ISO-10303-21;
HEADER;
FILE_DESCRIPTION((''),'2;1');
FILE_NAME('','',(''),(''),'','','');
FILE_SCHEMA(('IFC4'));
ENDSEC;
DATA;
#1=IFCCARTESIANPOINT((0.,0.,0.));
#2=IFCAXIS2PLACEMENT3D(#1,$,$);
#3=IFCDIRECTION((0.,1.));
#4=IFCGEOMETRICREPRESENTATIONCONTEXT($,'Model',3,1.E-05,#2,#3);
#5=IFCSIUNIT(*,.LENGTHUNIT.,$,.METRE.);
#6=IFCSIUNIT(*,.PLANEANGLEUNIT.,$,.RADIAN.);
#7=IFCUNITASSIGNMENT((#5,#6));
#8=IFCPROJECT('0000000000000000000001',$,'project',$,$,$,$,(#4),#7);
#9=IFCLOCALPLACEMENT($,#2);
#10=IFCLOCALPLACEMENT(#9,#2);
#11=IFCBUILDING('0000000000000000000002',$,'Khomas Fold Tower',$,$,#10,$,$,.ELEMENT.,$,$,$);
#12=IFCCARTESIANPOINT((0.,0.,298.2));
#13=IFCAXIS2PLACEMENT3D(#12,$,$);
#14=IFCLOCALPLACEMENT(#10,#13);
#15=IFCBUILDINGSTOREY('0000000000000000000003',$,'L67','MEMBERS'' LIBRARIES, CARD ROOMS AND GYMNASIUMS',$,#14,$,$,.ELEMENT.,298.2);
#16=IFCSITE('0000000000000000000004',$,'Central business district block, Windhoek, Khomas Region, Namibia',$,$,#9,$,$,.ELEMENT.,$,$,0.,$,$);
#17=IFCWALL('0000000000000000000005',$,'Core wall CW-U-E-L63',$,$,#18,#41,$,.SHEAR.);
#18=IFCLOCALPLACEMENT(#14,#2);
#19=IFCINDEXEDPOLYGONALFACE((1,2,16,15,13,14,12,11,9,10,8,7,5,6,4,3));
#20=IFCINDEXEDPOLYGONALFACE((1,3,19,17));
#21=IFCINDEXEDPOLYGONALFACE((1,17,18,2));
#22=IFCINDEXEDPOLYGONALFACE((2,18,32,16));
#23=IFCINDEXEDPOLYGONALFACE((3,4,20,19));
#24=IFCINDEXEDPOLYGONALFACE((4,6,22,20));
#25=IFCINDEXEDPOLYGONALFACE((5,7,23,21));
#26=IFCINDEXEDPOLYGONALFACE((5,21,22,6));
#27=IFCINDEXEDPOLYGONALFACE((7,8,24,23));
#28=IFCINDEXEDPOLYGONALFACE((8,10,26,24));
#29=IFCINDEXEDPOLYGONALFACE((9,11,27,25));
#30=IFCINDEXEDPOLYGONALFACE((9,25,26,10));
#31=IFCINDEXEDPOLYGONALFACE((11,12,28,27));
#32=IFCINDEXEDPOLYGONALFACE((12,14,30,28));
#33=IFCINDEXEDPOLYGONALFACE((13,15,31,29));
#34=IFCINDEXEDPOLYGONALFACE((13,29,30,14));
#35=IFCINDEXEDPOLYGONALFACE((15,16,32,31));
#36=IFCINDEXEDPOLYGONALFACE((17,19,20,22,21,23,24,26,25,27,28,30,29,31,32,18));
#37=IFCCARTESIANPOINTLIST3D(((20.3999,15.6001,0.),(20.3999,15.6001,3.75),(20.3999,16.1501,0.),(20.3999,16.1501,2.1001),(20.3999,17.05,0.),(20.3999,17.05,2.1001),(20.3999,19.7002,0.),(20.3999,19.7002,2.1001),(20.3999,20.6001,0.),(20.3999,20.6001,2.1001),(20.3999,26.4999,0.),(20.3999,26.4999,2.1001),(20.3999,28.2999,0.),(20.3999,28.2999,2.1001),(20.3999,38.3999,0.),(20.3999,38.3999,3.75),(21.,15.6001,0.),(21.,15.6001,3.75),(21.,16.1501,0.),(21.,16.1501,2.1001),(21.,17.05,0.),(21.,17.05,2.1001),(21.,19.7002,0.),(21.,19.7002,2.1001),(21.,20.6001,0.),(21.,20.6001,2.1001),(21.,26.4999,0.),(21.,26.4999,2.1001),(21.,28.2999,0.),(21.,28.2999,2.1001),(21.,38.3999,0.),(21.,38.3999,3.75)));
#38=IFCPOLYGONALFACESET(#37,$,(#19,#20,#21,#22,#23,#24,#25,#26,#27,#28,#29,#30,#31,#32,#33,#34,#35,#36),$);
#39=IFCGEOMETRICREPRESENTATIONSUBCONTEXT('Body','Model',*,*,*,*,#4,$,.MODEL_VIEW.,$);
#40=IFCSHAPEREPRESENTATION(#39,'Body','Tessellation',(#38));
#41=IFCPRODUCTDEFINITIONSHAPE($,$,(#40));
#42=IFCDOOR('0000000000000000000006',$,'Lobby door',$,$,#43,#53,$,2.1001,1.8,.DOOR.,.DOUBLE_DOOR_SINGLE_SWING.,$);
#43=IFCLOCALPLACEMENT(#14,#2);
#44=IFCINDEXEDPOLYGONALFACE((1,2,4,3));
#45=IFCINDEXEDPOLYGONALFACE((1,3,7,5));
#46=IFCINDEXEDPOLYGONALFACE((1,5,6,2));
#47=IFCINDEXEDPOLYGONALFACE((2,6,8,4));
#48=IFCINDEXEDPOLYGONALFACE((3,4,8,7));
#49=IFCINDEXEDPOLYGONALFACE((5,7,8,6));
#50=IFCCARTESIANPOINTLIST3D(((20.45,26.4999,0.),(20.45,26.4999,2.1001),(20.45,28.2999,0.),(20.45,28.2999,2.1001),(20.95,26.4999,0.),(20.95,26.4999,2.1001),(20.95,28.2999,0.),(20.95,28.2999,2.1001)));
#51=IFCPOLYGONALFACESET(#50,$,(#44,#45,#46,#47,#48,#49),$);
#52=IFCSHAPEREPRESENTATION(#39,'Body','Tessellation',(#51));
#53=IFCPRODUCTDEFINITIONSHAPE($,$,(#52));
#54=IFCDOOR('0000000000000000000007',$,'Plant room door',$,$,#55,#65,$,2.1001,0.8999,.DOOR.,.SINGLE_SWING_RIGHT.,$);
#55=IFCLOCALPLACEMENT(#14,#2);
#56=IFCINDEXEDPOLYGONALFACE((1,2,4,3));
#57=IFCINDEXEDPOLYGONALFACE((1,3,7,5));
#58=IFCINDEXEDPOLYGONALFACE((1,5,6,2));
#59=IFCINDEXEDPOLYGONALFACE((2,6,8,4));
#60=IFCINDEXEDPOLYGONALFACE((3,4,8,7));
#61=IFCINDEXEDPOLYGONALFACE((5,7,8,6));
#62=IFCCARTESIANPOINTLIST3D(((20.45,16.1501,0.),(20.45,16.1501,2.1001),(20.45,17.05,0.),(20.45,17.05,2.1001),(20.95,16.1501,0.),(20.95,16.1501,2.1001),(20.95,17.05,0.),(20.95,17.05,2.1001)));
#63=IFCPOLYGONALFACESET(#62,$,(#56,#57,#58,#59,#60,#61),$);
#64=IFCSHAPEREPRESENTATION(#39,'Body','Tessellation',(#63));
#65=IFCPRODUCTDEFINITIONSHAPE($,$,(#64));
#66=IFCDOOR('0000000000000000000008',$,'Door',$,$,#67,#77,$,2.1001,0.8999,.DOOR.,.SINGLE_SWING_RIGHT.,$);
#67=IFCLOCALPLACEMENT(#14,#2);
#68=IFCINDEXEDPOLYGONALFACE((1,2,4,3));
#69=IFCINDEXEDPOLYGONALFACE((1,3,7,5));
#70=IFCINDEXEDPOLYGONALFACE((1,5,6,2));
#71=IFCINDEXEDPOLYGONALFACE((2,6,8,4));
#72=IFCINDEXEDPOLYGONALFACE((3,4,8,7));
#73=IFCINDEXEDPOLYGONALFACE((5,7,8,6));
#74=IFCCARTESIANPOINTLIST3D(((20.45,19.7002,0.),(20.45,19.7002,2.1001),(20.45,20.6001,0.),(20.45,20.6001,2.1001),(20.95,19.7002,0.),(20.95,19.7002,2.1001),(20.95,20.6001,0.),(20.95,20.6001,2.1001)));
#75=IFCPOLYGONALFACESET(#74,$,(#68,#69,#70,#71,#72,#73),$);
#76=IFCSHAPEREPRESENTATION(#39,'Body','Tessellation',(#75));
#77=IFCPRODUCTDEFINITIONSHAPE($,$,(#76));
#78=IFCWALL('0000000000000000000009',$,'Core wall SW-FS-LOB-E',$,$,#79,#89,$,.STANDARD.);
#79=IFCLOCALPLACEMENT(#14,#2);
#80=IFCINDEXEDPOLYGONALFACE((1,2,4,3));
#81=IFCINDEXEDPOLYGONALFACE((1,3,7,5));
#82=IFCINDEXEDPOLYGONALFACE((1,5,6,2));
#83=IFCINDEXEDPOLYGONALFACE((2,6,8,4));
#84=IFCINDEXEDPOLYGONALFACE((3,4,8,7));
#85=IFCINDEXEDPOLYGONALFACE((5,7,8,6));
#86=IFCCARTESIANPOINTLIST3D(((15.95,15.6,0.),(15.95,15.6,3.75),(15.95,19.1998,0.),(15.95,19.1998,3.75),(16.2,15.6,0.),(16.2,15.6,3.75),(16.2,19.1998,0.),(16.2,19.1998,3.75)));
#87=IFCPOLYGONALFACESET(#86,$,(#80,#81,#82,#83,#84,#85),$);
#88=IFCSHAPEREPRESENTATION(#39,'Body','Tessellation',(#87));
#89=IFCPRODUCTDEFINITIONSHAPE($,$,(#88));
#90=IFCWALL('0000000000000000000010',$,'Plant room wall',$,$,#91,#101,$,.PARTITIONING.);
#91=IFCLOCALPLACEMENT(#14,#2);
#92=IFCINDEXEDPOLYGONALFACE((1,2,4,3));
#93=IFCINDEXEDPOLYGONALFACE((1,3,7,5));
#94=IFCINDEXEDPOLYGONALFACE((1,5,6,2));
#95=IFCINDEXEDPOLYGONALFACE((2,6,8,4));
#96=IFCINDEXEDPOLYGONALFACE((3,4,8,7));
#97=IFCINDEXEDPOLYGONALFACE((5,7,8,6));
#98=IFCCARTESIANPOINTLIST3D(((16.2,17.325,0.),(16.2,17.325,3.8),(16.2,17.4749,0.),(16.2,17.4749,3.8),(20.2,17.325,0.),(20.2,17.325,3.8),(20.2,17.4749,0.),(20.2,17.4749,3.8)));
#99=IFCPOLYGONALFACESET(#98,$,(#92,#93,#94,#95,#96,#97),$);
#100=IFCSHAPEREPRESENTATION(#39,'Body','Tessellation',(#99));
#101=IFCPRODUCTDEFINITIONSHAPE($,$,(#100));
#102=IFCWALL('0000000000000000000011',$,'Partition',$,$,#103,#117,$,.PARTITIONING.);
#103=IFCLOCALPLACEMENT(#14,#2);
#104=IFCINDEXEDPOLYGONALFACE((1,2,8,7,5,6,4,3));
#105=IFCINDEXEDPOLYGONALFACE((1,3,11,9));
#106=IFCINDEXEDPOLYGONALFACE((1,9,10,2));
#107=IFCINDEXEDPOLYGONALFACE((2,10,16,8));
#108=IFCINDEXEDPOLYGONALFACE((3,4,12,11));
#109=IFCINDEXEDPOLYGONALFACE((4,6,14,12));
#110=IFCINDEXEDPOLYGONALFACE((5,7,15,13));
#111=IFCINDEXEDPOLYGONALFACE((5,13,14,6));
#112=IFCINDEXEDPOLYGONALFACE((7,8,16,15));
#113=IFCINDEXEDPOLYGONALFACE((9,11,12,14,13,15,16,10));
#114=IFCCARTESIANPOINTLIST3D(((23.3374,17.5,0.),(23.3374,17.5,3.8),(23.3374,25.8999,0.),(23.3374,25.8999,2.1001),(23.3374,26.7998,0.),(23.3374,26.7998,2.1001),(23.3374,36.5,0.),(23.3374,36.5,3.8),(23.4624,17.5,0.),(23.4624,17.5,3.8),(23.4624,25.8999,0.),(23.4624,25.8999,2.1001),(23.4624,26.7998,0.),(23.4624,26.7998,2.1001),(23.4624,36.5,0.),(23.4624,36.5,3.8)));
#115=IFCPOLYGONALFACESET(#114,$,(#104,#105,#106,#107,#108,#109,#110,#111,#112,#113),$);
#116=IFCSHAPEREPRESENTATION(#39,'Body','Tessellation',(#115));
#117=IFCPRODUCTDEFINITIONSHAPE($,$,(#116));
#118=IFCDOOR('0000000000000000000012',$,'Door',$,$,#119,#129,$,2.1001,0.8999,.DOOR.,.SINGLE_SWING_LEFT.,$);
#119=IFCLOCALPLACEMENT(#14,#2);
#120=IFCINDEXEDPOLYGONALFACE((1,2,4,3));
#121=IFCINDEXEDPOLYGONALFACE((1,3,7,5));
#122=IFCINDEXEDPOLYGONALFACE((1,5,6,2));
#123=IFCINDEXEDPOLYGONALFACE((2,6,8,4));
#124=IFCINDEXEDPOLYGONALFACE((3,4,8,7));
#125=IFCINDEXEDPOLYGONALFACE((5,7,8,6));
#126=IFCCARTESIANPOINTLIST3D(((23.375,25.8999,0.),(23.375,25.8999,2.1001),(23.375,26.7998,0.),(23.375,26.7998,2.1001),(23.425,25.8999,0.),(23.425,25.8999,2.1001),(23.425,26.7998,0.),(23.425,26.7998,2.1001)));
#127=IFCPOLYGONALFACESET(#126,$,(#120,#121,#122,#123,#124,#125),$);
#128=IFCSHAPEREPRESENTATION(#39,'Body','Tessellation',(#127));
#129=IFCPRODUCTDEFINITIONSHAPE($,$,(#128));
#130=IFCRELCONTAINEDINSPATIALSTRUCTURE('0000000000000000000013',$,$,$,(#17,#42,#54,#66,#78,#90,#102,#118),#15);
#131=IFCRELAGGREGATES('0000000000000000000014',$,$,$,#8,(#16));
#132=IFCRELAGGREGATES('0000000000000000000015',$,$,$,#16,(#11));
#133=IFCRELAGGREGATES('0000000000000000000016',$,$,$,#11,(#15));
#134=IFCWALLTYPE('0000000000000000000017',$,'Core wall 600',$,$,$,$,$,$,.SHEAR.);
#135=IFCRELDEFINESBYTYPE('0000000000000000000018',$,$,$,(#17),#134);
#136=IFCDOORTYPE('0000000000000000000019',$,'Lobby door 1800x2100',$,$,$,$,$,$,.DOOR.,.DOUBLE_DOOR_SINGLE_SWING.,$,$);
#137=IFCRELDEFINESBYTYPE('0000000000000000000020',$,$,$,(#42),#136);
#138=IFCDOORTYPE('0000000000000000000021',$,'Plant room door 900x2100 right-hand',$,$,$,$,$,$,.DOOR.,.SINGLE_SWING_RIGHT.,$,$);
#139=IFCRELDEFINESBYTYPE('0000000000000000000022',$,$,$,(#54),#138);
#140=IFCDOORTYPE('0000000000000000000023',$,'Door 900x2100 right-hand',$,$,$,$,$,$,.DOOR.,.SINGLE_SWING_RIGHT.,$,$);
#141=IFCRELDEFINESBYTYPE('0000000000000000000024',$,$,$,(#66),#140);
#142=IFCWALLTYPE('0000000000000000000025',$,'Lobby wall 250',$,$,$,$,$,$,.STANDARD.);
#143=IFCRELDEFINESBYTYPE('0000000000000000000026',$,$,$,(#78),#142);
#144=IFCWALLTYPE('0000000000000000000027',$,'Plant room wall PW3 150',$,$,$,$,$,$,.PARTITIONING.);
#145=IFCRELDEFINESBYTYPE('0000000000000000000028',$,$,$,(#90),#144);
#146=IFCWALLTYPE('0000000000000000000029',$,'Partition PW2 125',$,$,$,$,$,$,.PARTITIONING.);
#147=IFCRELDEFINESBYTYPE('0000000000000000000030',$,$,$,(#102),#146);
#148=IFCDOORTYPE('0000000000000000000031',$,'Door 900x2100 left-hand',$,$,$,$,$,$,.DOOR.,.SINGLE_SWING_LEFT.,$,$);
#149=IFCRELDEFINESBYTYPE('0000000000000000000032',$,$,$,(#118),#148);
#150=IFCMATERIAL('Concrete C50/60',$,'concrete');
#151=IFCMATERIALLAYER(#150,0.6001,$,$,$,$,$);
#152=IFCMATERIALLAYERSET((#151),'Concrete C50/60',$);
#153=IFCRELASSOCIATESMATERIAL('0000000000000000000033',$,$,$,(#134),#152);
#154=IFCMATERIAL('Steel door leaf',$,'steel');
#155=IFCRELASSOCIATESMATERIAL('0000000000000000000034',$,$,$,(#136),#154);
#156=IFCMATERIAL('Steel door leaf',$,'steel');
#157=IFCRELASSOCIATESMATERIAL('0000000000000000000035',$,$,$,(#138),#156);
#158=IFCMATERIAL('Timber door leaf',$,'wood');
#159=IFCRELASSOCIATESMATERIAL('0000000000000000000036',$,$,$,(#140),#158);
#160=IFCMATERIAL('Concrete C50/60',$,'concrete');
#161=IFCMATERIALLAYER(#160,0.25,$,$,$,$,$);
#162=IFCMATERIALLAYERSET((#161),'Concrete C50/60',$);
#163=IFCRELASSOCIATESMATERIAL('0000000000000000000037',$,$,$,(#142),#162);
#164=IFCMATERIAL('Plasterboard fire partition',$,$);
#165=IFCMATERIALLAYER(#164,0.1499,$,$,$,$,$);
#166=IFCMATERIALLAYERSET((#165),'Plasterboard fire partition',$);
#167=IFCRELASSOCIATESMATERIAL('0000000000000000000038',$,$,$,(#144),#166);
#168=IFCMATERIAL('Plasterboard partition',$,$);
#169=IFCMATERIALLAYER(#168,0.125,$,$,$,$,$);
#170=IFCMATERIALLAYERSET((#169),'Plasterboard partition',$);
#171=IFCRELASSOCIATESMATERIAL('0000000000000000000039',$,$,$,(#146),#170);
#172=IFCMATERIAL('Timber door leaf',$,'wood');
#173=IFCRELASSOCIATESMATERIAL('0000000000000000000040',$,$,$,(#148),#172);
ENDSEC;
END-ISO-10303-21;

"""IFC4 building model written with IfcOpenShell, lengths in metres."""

from ifc_helpers import new_model, si_unit, direction, frame, frame_2d, origin, place, context, subcontext, project, spatial, rectangle, extrude, source, transform, mapped, material, layer, layer_set, type_object, element, fill, save


model = new_model("IFC4")

# Units and contexts
model_context = context("Model", 3, precision=1e-05, world=origin(), true_north=direction((0.0, 1.0)))
body_context = subcontext(model_context, "Body", "Model", "MODEL_VIEW")
ifc_project = project(units=[si_unit("LENGTHUNIT", "METRE"), si_unit("PLANEANGLEUNIT", "RADIAN")], contexts=[model_context])

# Site, building, storey
site_placement = place(None, origin())
site = spatial("IfcSite", under=ifc_project, at=site_placement, Name="Central business district block, Windhoek, Khomas Region, Namibia", CompositionType="ELEMENT", RefElevation=0.0)
building_placement = place(site_placement, origin())
building = spatial("IfcBuilding", under=site, at=building_placement, Name="Khomas Fold Tower", CompositionType="ELEMENT")
storey_placement = place(building_placement, frame((0.0, 0.0, 298.2)))
storey = spatial("IfcBuildingStorey", under=building, at=storey_placement, Name="L67", Description="MEMBERS' LIBRARIES, CARD ROOMS AND GYMNASIUMS", CompositionType="ELEMENT", Elevation=298.2)

# Wall, openings, doors
ifc_material_1 = material(Name="Concrete C50/60", Category="concrete")
ifc_layer_1 = layer(ifc_material_1, 0.6001)
ifc_layer_set_1 = layer_set([ifc_layer_1], Name="Concrete C50/60")
wall_type_1 = type_object("IfcWallType", Name="Core wall 600", PredefinedType="SHEAR", material=ifc_layer_set_1)
shared_shape_1 = source(origin(), body_context, "Body", "SweptSolid", [
    extrude(rectangle(XDim=22.7998, YDim=0.6001, at=frame_2d((11.3999, 0.0))), origin(), (0.0, 0.0, 1.0), 3.75),
])
wall_1_placement = place(storey_placement, frame((20.7, 15.6001, 0.0), z_axis=(0.0, 0.0, 1.0), x_axis=(0.0, 1.0, 0.0)))
wall_1 = element("IfcWall", 1, at=wall_1_placement, inside=storey, type_object=wall_type_1, Name="Core wall CW-U-E-L63", PredefinedType="SHEAR", context=body_context, shape_type="MappedRepresentation", body=[
    mapped(shared_shape_1, transform((0.0, 0.0, 0.0))),
])
shared_shape_2 = source(origin(), body_context, "Body", "SweptSolid", [
    extrude(rectangle(XDim=1.8, YDim=2.1001, at=frame_2d((0.8999, 1.05))), frame((0.0, 0.3101, 0.0), z_axis=(0.0, -1.0, 0.0), x_axis=(1.0, 0.0, 0.0)), (0.0, 0.0, 1.0), 0.6201),
])
opening_1_placement = place(wall_1_placement, frame((10.8999, 0.0, 0.0)))
opening_1 = element("IfcOpeningElement", 2, at=opening_1_placement, cuts=wall_1, PredefinedType="OPENING", context=body_context, shape_type="MappedRepresentation", body=[
    mapped(shared_shape_2, transform((0.0, 0.0, 0.0))),
])
shared_shape_3 = source(origin(), body_context, "Body", "SweptSolid", [
    extrude(rectangle(XDim=0.8999, YDim=2.1001, at=frame_2d((0.45, 1.05))), frame((0.0, 0.3101, 0.0), z_axis=(0.0, -1.0, 0.0), x_axis=(1.0, 0.0, 0.0)), (0.0, 0.0, 1.0), 0.6201),
])
opening_2_placement = place(wall_1_placement, frame((0.55, 0.0, 0.0)))
opening_2 = element("IfcOpeningElement", 3, at=opening_2_placement, cuts=wall_1, PredefinedType="OPENING", context=body_context, shape_type="MappedRepresentation", body=[
    mapped(shared_shape_3, transform((0.0, 0.0, 0.0))),
])
opening_3_placement = place(wall_1_placement, frame((4.1001, 0.0, 0.0)))
opening_3 = element("IfcOpeningElement", 4, at=opening_3_placement, cuts=wall_1, PredefinedType="OPENING", context=body_context, shape_type="MappedRepresentation", body=[
    mapped(shared_shape_3, transform((0.0, 0.0, 0.0))),
])
ifc_material_2 = material(Name="Steel door leaf", Category="steel")
door_type_1 = type_object("IfcDoorType", Name="Lobby door 1800x2100", OperationType="DOUBLE_DOOR_SINGLE_SWING", PredefinedType="DOOR", material=ifc_material_2)
shared_shape_4 = source(origin(), body_context, "Body", "SweptSolid", [
    extrude(rectangle(XDim=1.8, YDim=2.1001, at=frame_2d((0.8999, 1.05))), frame((0.0, 0.25, 0.0), z_axis=(0.0, -1.0, 0.0), x_axis=(1.0, 0.0, 0.0)), (0.0, 0.0, 1.0), 0.5),
])
door_1_placement = place(opening_1_placement, origin())
door_1 = element("IfcDoor", 5, at=door_1_placement, inside=storey, type_object=door_type_1, Name="Lobby door", OperationType="DOUBLE_DOOR_SINGLE_SWING", OverallHeight=2.1001, OverallWidth=1.8, PredefinedType="DOOR", context=body_context, shape_type="MappedRepresentation", body=[
    mapped(shared_shape_4, transform((0.0, 0.0, 0.0))),
])
fill(opening_1, door_1)
ifc_material_3 = material(Name="Steel door leaf", Category="steel")
door_type_2 = type_object("IfcDoorType", Name="Plant room door 900x2100 right-hand", OperationType="SINGLE_SWING_RIGHT", PredefinedType="DOOR", material=ifc_material_3)
shared_shape_5 = source(origin(), body_context, "Body", "SweptSolid", [
    extrude(rectangle(XDim=0.8999, YDim=2.1001, at=frame_2d((0.45, 1.05))), frame((0.0, 0.25, 0.0), z_axis=(0.0, -1.0, 0.0), x_axis=(1.0, 0.0, 0.0)), (0.0, 0.0, 1.0), 0.5),
])
door_2_placement = place(opening_2_placement, origin())
door_2 = element("IfcDoor", 6, at=door_2_placement, inside=storey, type_object=door_type_2, Name="Plant room door", OperationType="SINGLE_SWING_RIGHT", OverallHeight=2.1001, OverallWidth=0.8999, PredefinedType="DOOR", context=body_context, shape_type="MappedRepresentation", body=[
    mapped(shared_shape_5, transform((0.0, 0.0, 0.0))),
])
fill(opening_2, door_2)
ifc_material_4 = material(Name="Timber door leaf", Category="wood")
door_type_3 = type_object("IfcDoorType", Name="Door 900x2100 right-hand", OperationType="SINGLE_SWING_RIGHT", PredefinedType="DOOR", material=ifc_material_4)
door_3_placement = place(opening_3_placement, origin())
door_3 = element("IfcDoor", 7, at=door_3_placement, inside=storey, type_object=door_type_3, Name="Door", OperationType="SINGLE_SWING_RIGHT", OverallHeight=2.1001, OverallWidth=0.8999, PredefinedType="DOOR", context=body_context, shape_type="MappedRepresentation", body=[
    mapped(shared_shape_5, transform((0.0, 0.0, 0.0))),
])
fill(opening_3, door_3)

# Walls
ifc_material_5 = material(Name="Concrete C50/60", Category="concrete")
ifc_layer_2 = layer(ifc_material_5, 0.25)
ifc_layer_set_2 = layer_set([ifc_layer_2], Name="Concrete C50/60")
wall_type_2 = type_object("IfcWallType", Name="Lobby wall 250", PredefinedType="STANDARD", material=ifc_layer_set_2)
shared_shape_6 = source(origin(), body_context, "Body", "SweptSolid", [
    extrude(rectangle(XDim=3.5999, YDim=0.25, at=frame_2d((1.7998, 0.0))), origin(), (0.0, 0.0, 1.0), 3.75),
])
wall_2_placement = place(storey_placement, frame((16.075, 15.6001, 0.0), z_axis=(0.0, 0.0, 1.0), x_axis=(0.0, 1.0, 0.0)))
element("IfcWall", 8, at=wall_2_placement, inside=storey, type_object=wall_type_2, Name="Core wall SW-FS-LOB-E", PredefinedType="STANDARD", context=body_context, shape_type="MappedRepresentation", body=[
    mapped(shared_shape_6, transform((0.0, 0.0, 0.0))),
])
ifc_material_6 = material(Name="Plasterboard fire partition")
ifc_layer_3 = layer(ifc_material_6, 0.1499)
ifc_layer_set_3 = layer_set([ifc_layer_3], Name="Plasterboard fire partition")
wall_type_3 = type_object("IfcWallType", Name="Plant room wall PW3 150", PredefinedType="PARTITIONING", material=ifc_layer_set_3)
shared_shape_7 = source(origin(), body_context, "Body", "SweptSolid", [
    extrude(rectangle(XDim=4.0, YDim=0.1499, at=frame_2d((2.0, 0.0))), origin(), (0.0, 0.0, 1.0), 3.8),
])
wall_3_placement = place(storey_placement, frame((16.2, 17.3999, 0.0), z_axis=(0.0, 0.0, 1.0), x_axis=(1.0, 0.0, 0.0)))
element("IfcWall", 9, at=wall_3_placement, inside=storey, type_object=wall_type_3, Name="Plant room wall", PredefinedType="PARTITIONING", context=body_context, shape_type="MappedRepresentation", body=[
    mapped(shared_shape_7, transform((0.0, 0.0, 0.0))),
])

# Wall, opening, door
ifc_material_7 = material(Name="Plasterboard partition")
ifc_layer_4 = layer(ifc_material_7, 0.125)
ifc_layer_set_4 = layer_set([ifc_layer_4], Name="Plasterboard partition")
wall_type_4 = type_object("IfcWallType", Name="Partition PW2 125", PredefinedType="PARTITIONING", material=ifc_layer_set_4)
shared_shape_8 = source(origin(), body_context, "Body", "SweptSolid", [
    extrude(rectangle(XDim=19.0, YDim=0.125, at=frame_2d((9.5, 0.0))), origin(), (0.0, 0.0, 1.0), 3.8),
])
wall_4_placement = place(storey_placement, frame((23.3999, 17.5, 0.0), z_axis=(0.0, 0.0, 1.0), x_axis=(0.0, 1.0, 0.0)))
wall_4 = element("IfcWall", 10, at=wall_4_placement, inside=storey, type_object=wall_type_4, Name="Partition", PredefinedType="PARTITIONING", context=body_context, shape_type="MappedRepresentation", body=[
    mapped(shared_shape_8, transform((0.0, 0.0, 0.0))),
])
shared_shape_9 = source(origin(), body_context, "Body", "SweptSolid", [
    extrude(rectangle(XDim=0.8999, YDim=2.1001, at=frame_2d((0.45, 1.05))), frame((0.0, 0.0725, 0.0), z_axis=(0.0, -1.0, 0.0), x_axis=(1.0, 0.0, 0.0)), (0.0, 0.0, 1.0), 0.145),
])
opening_4_placement = place(wall_4_placement, frame((8.3999, 0.0, 0.0)))
opening_4 = element("IfcOpeningElement", 11, at=opening_4_placement, cuts=wall_4, PredefinedType="OPENING", context=body_context, shape_type="MappedRepresentation", body=[
    mapped(shared_shape_9, transform((0.0, 0.0, 0.0))),
])
ifc_material_8 = material(Name="Timber door leaf", Category="wood")
door_type_4 = type_object("IfcDoorType", Name="Door 900x2100 left-hand", OperationType="SINGLE_SWING_LEFT", PredefinedType="DOOR", material=ifc_material_8)
shared_shape_10 = source(origin(), body_context, "Body", "SweptSolid", [
    extrude(rectangle(XDim=0.8999, YDim=2.1001, at=frame_2d((0.45, 1.05))), frame((0.0, 0.0249, 0.0), z_axis=(0.0, -1.0, 0.0), x_axis=(1.0, 0.0, 0.0)), (0.0, 0.0, 1.0), 0.05),
])
door_4_placement = place(opening_4_placement, origin())
door_4 = element("IfcDoor", 12, at=door_4_placement, inside=storey, type_object=door_type_4, Name="Door", OperationType="SINGLE_SWING_LEFT", OverallHeight=2.1001, OverallWidth=0.8999, PredefinedType="DOOR", context=body_context, shape_type="MappedRepresentation", body=[
    mapped(shared_shape_10, transform((0.0, 0.0, 0.0))),
])
fill(opening_4, door_4)

save(model, "model.ifc")
